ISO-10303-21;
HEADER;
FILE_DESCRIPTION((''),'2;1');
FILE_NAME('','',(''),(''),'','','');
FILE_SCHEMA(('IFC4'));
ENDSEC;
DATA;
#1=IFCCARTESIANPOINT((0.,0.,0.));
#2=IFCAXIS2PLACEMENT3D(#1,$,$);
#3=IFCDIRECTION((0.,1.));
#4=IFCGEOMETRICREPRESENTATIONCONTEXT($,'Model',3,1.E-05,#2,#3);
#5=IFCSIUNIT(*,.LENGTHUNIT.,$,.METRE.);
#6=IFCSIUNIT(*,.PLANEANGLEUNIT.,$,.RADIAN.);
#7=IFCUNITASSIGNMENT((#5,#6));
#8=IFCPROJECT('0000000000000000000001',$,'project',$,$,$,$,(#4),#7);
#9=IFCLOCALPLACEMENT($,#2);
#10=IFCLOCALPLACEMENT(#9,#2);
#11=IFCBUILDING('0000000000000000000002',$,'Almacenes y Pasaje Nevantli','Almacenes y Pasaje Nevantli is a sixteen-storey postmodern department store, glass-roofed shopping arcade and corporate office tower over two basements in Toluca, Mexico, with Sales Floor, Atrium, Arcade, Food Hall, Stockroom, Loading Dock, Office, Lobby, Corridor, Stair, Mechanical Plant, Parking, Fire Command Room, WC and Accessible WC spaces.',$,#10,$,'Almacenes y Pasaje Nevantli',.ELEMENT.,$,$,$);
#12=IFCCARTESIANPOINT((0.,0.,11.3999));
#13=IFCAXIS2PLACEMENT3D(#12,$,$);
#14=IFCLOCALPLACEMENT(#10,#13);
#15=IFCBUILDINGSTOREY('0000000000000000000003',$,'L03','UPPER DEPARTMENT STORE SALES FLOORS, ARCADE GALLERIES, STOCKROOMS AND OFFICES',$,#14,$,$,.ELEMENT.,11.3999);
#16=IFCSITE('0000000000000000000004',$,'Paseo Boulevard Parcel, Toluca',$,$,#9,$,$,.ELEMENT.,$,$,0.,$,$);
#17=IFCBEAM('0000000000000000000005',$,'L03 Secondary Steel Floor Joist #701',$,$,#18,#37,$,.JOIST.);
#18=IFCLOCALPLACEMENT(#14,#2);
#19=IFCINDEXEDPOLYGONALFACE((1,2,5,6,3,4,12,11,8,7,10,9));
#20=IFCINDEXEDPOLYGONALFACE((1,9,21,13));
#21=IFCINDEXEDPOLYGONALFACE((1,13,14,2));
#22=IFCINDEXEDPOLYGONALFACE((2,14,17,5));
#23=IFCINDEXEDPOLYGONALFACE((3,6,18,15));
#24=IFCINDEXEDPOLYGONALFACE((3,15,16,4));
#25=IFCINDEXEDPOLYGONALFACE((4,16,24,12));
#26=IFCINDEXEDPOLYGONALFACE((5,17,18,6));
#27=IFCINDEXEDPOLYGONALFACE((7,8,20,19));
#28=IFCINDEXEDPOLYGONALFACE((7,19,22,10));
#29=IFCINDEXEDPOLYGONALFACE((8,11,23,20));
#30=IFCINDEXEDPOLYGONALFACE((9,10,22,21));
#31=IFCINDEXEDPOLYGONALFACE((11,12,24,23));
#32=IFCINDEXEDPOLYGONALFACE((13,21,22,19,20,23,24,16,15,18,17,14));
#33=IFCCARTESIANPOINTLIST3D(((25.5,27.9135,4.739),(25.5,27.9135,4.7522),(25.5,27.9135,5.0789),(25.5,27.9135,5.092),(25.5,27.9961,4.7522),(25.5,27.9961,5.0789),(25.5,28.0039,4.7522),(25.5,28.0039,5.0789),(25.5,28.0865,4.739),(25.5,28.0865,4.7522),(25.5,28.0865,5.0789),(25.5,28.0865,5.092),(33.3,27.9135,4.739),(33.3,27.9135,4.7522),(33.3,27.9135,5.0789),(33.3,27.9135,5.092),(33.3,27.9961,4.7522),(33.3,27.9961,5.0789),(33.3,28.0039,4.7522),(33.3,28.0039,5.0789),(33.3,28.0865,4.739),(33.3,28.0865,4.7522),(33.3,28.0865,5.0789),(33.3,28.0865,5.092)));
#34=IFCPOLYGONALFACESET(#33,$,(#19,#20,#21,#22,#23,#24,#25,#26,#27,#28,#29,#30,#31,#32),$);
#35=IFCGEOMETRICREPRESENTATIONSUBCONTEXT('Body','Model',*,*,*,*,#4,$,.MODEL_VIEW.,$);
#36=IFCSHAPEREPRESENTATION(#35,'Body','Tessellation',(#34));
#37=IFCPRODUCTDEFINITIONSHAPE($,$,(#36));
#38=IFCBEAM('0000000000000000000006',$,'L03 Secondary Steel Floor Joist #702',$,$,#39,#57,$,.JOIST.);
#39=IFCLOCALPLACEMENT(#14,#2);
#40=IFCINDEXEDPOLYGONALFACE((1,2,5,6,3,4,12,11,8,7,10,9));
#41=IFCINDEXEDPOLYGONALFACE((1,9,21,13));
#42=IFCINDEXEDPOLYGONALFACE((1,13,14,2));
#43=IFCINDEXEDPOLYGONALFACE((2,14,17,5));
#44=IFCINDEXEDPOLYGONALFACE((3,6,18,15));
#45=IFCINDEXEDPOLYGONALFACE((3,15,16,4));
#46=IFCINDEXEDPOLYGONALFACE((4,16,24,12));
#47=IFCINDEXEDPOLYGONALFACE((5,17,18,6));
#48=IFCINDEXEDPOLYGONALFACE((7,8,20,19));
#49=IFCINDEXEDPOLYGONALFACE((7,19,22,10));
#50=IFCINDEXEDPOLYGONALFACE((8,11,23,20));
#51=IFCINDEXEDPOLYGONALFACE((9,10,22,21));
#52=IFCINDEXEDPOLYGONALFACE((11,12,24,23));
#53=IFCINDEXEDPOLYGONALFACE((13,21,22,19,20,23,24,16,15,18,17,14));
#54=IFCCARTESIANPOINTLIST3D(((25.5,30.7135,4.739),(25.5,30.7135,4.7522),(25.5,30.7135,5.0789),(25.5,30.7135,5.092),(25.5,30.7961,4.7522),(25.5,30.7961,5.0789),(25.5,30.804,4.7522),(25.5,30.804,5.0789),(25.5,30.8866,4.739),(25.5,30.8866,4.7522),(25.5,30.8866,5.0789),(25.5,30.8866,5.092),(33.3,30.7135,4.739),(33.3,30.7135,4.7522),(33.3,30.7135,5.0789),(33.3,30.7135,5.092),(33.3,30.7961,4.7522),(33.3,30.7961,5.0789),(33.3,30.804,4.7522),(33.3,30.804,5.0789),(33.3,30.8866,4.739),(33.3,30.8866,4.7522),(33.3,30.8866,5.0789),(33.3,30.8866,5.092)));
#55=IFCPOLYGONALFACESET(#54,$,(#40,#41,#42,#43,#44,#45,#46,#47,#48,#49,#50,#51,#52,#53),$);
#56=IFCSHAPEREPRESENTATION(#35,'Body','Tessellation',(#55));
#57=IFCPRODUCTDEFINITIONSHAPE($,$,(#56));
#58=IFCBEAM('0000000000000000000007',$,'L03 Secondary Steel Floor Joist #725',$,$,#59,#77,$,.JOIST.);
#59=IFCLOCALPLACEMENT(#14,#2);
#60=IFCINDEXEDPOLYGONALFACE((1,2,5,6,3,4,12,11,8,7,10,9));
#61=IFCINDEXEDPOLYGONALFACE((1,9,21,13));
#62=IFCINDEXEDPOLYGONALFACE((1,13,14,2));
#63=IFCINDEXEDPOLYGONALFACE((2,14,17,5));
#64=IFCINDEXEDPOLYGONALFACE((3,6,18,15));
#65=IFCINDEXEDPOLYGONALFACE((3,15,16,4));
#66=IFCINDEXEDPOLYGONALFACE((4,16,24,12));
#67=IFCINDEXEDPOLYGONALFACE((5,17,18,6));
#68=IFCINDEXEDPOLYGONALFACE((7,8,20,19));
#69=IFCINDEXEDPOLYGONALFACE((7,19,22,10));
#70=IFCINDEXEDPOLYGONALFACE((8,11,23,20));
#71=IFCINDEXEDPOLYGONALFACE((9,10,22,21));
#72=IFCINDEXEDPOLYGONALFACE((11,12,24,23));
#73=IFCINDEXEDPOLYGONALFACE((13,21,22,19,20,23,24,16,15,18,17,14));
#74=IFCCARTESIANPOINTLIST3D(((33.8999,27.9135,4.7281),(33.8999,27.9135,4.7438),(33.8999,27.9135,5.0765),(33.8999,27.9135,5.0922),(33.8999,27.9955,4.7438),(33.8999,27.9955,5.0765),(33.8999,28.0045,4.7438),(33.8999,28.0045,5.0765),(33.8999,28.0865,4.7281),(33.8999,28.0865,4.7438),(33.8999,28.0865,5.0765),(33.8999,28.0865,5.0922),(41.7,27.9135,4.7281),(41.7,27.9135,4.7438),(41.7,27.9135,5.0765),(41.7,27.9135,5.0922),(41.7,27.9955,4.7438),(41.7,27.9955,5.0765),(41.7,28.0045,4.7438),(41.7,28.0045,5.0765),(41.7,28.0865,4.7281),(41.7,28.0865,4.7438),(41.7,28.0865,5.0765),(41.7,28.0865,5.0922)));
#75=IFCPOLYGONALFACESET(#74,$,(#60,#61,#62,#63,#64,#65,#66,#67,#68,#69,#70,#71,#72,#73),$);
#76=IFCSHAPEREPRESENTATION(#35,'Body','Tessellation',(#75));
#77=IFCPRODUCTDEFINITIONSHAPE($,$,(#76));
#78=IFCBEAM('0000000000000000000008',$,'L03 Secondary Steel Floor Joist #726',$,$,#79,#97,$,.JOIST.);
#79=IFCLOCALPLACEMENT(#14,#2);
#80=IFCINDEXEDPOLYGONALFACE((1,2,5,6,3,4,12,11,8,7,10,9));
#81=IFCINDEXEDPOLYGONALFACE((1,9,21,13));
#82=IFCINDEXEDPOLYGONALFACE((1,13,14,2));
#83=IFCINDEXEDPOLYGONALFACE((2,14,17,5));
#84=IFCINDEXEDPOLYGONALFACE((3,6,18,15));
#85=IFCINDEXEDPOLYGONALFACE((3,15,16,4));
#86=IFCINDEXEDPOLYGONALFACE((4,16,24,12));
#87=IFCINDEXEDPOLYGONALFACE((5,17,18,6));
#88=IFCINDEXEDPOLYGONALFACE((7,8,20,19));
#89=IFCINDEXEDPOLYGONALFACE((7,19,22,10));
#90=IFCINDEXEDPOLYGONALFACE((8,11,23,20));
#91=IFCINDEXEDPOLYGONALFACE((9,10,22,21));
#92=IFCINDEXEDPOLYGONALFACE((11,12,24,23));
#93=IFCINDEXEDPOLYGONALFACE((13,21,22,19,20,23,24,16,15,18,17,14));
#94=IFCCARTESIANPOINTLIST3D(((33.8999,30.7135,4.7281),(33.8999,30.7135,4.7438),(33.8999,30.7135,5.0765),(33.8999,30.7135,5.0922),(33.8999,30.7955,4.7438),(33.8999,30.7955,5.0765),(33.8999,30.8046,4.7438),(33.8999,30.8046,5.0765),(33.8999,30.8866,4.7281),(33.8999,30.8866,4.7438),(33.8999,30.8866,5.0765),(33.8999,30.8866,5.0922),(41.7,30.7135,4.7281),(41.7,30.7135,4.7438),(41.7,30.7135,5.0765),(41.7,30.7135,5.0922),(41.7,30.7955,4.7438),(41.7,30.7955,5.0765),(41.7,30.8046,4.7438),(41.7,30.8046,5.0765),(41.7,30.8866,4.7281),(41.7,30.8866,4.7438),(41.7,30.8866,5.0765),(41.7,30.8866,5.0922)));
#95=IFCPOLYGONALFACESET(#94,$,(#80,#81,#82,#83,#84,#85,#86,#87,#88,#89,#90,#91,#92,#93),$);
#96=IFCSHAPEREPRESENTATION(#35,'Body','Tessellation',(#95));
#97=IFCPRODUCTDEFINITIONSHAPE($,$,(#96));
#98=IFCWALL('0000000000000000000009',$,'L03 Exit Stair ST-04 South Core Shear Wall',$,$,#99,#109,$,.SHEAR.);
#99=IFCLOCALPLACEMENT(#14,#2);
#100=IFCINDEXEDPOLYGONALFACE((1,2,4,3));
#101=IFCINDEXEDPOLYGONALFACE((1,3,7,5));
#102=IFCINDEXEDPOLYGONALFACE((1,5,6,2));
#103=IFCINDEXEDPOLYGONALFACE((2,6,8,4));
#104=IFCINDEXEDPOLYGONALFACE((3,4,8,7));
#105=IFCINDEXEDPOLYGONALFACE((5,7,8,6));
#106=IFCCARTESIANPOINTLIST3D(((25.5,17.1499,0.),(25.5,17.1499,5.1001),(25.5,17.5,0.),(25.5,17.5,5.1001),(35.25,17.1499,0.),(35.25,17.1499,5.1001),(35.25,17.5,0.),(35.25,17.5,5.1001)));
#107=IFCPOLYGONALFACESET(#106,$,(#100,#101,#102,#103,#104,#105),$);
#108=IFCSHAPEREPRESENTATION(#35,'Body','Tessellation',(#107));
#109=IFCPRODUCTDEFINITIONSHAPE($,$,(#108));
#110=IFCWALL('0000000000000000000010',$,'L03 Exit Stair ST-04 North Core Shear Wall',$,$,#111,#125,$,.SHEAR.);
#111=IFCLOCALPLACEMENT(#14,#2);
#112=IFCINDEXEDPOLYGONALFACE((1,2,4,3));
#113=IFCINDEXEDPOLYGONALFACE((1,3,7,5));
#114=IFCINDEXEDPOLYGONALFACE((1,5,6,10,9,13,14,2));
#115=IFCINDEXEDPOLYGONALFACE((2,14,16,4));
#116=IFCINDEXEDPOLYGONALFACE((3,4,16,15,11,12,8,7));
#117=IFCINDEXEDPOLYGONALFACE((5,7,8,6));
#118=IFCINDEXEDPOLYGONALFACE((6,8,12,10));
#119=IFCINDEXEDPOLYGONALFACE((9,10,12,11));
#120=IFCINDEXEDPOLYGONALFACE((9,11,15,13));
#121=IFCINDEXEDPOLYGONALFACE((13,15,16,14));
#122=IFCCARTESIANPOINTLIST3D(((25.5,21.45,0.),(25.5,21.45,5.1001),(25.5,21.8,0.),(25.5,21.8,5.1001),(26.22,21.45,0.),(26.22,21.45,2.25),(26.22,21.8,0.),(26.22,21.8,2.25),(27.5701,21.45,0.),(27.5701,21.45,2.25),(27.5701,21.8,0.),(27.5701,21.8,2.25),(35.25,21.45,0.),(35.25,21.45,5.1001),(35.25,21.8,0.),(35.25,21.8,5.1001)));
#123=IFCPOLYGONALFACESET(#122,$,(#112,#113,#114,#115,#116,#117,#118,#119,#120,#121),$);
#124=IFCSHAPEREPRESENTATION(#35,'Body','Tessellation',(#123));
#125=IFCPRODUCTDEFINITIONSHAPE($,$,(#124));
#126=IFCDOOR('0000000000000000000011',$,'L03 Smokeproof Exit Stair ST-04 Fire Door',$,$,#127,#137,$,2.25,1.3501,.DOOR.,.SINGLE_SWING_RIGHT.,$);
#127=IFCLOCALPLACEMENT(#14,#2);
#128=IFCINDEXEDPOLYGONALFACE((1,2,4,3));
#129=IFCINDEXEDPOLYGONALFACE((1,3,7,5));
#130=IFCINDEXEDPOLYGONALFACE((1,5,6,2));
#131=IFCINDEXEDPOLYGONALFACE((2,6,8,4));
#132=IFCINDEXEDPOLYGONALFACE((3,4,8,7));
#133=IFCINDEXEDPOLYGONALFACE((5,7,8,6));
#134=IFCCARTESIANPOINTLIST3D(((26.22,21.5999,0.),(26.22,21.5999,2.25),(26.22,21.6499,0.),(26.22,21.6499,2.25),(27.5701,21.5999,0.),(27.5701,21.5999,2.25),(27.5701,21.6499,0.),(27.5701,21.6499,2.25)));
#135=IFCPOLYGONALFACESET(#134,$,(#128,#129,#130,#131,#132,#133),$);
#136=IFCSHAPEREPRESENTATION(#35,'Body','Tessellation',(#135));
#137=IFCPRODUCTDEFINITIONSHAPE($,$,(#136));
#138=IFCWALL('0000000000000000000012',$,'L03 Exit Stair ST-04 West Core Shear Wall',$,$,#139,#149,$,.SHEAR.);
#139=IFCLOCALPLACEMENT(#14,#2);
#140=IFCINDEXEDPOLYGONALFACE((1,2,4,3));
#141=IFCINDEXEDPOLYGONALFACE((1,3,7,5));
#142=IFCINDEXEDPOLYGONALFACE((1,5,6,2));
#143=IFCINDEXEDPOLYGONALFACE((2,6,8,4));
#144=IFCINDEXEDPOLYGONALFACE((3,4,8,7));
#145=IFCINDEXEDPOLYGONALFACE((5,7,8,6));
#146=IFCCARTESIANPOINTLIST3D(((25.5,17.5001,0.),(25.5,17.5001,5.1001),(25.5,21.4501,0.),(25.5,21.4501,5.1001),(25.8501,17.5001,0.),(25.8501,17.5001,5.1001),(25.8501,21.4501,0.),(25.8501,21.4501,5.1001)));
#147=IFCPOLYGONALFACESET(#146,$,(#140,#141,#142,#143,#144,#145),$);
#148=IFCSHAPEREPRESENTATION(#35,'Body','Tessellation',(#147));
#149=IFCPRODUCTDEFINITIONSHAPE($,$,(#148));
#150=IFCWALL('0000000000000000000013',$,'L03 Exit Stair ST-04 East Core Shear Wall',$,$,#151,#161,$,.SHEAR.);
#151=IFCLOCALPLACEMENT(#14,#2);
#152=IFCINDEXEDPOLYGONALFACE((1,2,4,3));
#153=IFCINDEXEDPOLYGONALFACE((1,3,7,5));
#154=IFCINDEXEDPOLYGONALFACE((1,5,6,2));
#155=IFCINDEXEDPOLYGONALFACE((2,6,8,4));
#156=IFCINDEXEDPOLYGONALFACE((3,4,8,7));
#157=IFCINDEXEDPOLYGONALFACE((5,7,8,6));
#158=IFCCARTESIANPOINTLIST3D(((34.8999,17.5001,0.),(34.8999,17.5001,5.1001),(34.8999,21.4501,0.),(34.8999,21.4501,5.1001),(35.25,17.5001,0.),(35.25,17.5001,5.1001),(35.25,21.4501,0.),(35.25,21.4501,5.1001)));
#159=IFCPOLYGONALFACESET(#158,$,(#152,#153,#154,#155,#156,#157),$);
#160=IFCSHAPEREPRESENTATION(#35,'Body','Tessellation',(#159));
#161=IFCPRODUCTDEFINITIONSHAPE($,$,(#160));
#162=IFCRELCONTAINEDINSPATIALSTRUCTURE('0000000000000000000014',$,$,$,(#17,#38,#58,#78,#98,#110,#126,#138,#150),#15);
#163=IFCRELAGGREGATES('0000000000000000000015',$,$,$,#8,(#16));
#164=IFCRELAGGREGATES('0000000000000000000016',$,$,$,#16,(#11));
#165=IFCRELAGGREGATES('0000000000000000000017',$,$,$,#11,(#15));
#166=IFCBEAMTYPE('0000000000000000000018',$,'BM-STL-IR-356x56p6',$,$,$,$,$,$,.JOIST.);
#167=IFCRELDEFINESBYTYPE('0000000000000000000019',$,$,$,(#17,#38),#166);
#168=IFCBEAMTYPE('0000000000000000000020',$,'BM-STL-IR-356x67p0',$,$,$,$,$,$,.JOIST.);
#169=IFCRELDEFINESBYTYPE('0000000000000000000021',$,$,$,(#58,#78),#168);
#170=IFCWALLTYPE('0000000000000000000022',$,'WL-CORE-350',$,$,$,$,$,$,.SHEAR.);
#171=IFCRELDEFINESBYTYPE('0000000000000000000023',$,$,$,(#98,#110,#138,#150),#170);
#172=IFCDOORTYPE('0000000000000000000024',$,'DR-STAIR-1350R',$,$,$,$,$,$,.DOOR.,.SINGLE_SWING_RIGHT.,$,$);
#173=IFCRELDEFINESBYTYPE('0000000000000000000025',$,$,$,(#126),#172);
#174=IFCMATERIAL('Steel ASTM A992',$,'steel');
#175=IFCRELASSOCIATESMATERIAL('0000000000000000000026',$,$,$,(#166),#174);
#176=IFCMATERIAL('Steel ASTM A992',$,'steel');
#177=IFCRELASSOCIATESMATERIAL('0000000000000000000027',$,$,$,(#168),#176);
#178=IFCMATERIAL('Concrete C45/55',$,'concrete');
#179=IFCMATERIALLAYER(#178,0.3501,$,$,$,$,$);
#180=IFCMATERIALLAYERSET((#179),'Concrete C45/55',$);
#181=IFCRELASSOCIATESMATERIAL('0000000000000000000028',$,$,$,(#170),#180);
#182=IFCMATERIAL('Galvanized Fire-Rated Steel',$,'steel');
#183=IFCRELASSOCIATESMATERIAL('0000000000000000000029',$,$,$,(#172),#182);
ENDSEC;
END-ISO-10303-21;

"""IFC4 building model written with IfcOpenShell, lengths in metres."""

from ifc_helpers import new_model, si_unit, direction, frame, frame_2d, origin, origin_2d, place, context, subcontext, project, spatial, rectangle, i_section, extrude, material, layer, layer_set, material_profile, profile_set, type_object, element, fill, save


model = new_model("IFC4")

# Units and contexts
model_context = context("Model", 3, precision=1e-05, world=origin(), true_north=direction((0.0, 1.0)))
body_context = subcontext(model_context, "Body", "Model", "MODEL_VIEW")
ifc_project = project(units=[si_unit("LENGTHUNIT", "METRE"), si_unit("PLANEANGLEUNIT", "RADIAN")], contexts=[model_context])

# Site, building, storey
site_placement = place(None, origin())
site = spatial("IfcSite", under=ifc_project, at=site_placement, Name="Paseo Boulevard Parcel, Toluca", CompositionType="ELEMENT", RefElevation=0.0)
building_placement = place(site_placement, origin())
building = spatial("IfcBuilding", under=site, at=building_placement, Name="Almacenes y Pasaje Nevantli", Description="Almacenes y Pasaje Nevantli is a sixteen-storey postmodern department store, glass-roofed shopping arcade and corporate office tower over two basements in Toluca, Mexico, with Sales Floor, Atrium, Arcade, Food Hall, Stockroom, Loading Dock, Office, Lobby, Corridor, Stair, Mechanical Plant, Parking, Fire Command Room, WC and Accessible WC spaces.", LongName="Almacenes y Pasaje Nevantli", CompositionType="ELEMENT")
storey_placement = place(building_placement, frame((0.0, 0.0, 11.3999)))
storey = spatial("IfcBuildingStorey", under=building, at=storey_placement, Name="L03", Description="UPPER DEPARTMENT STORE SALES FLOORS, ARCADE GALLERIES, STOCKROOMS AND OFFICES", CompositionType="ELEMENT", Elevation=11.3999)

# Beams
ifc_material_1 = material(Name="Steel ASTM A992", Category="steel")
ifc_material_profile_1 = material_profile(ifc_material_1, i_section(OverallWidth=0.1731, OverallDepth=0.353, WebThickness=0.0078, FlangeThickness=0.0132, at=origin_2d()), Name="IR 356x56.6")
ifc_profile_set_1 = profile_set([ifc_material_profile_1], Name="Steel ASTM A992")
beam_type_1 = type_object("IfcBeamType", Name="BM-STL-IR-356x56p6", PredefinedType="JOIST", material=ifc_profile_set_1)
for number, where, z_axis, x_axis, name in (
    (1, (25.5, 28.0, 4.9155), (1.0, 0.0, 0.0), (0.0, 1.0, 0.0), "L03 Secondary Steel Floor Joist #701"),
    (2, (25.5, 30.8, 4.9155), (1.0, 0.0, 0.0), (0.0, 1.0, 0.0), "L03 Secondary Steel Floor Joist #702"),
):
    element("IfcBeam", number, at=place(storey_placement, frame(where, z_axis=z_axis, x_axis=x_axis)), inside=storey, type_object=beam_type_1, Name=name, PredefinedType="JOIST", context=body_context, shape_type="SweptSolid", body=[
        extrude(i_section(OverallWidth=0.1731, OverallDepth=0.353, WebThickness=0.0078, FlangeThickness=0.0132, at=origin_2d()), origin(), (0.0, 0.0, 1.0), 7.8),
    ])
ifc_material_2 = material(Name="Steel ASTM A992", Category="steel")
ifc_material_profile_2 = material_profile(ifc_material_2, i_section(OverallWidth=0.1731, OverallDepth=0.364, WebThickness=0.009, FlangeThickness=0.0156, at=origin_2d()), Name="IR 356x67.0")
ifc_profile_set_2 = profile_set([ifc_material_profile_2], Name="Steel ASTM A992")
beam_type_2 = type_object("IfcBeamType", Name="BM-STL-IR-356x67p0", PredefinedType="JOIST", material=ifc_profile_set_2)
for number, where, z_axis, x_axis, name in (
    (3, (33.8999, 28.0, 4.9102), (1.0, 0.0, 0.0), (0.0, 1.0, 0.0), "L03 Secondary Steel Floor Joist #725"),
    (4, (33.8999, 30.8, 4.9102), (1.0, 0.0, 0.0), (0.0, 1.0, 0.0), "L03 Secondary Steel Floor Joist #726"),
):
    element("IfcBeam", number, at=place(storey_placement, frame(where, z_axis=z_axis, x_axis=x_axis)), inside=storey, type_object=beam_type_2, Name=name, PredefinedType="JOIST", context=body_context, shape_type="SweptSolid", body=[
        extrude(i_section(OverallWidth=0.1731, OverallDepth=0.364, WebThickness=0.009, FlangeThickness=0.0156, at=origin_2d()), origin(), (0.0, 0.0, 1.0), 7.8),
    ])

# Wall
ifc_material_3 = material(Name="Concrete C45/55", Category="concrete")
ifc_layer_1 = layer(ifc_material_3, 0.3501)
ifc_layer_set_1 = layer_set([ifc_layer_1], Name="Concrete C45/55")
wall_type = type_object("IfcWallType", Name="WL-CORE-350", PredefinedType="SHEAR", material=ifc_layer_set_1)
wall_1_placement = place(storey_placement, frame((25.5, 17.325, 0.0), z_axis=(0.0, 0.0, 1.0), x_axis=(1.0, 0.0, 0.0)))
element("IfcWall", 5, at=wall_1_placement, inside=storey, type_object=wall_type, Name="L03 Exit Stair ST-04 South Core Shear Wall", PredefinedType="SHEAR", context=body_context, shape_type="SweptSolid", body=[
    extrude(rectangle(XDim=9.75, YDim=0.3501, at=frame_2d((4.875, 0.0))), origin(), (0.0, 0.0, 1.0), 5.1001),
])

# Wall, opening, door
wall_2_placement = place(storey_placement, frame((25.5, 21.625, 0.0), z_axis=(0.0, 0.0, 1.0), x_axis=(1.0, 0.0, 0.0)))
wall_2 = element("IfcWall", 6, at=wall_2_placement, inside=storey, type_object=wall_type, Name="L03 Exit Stair ST-04 North Core Shear Wall", PredefinedType="SHEAR", context=body_context, shape_type="SweptSolid", body=[
    extrude(rectangle(XDim=9.75, YDim=0.3501, at=frame_2d((4.875, 0.0))), origin(), (0.0, 0.0, 1.0), 5.1001),
])
opening_placement = place(wall_2_placement, frame((0.72, 0.0, 0.0)))
opening = element("IfcOpeningElement", 7, at=opening_placement, cuts=wall_2, PredefinedType="OPENING", context=body_context, shape_type="SweptSolid", body=[
    extrude(rectangle(XDim=1.3501, YDim=2.25, at=frame_2d((0.675, 1.125))), frame((0.0, 0.1851, 0.0), z_axis=(0.0, -1.0, 0.0), x_axis=(1.0, 0.0, 0.0)), (0.0, 0.0, 1.0), 0.3701),
])
ifc_material_4 = material(Name="Galvanized Fire-Rated Steel", Category="steel")
door_type = type_object("IfcDoorType", Name="DR-STAIR-1350R", OperationType="SINGLE_SWING_RIGHT", PredefinedType="DOOR", material=ifc_material_4)
door_placement = place(opening_placement, origin())
door = element("IfcDoor", 8, at=door_placement, inside=storey, type_object=door_type, Name="L03 Smokeproof Exit Stair ST-04 Fire Door", OperationType="SINGLE_SWING_RIGHT", OverallHeight=2.25, OverallWidth=1.3501, PredefinedType="DOOR", context=body_context, shape_type="SweptSolid", body=[
    extrude(rectangle(XDim=1.3501, YDim=2.25, at=frame_2d((0.675, 1.125))), frame((0.0, 0.0249, 0.0), z_axis=(0.0, -1.0, 0.0), x_axis=(1.0, 0.0, 0.0)), (0.0, 0.0, 1.0), 0.05),
])
fill(opening, door)

# Walls
for number, where, z_axis, x_axis, name in (
    (9, (25.675, 17.5, 0.0), (0.0, 0.0, 1.0), (0.0, 1.0, 0.0), "L03 Exit Stair ST-04 West Core Shear Wall"),
    (10, (35.075, 17.5, 0.0), (0.0, 0.0, 1.0), (0.0, 1.0, 0.0), "L03 Exit Stair ST-04 East Core Shear Wall"),
):
    element("IfcWall", number, at=place(storey_placement, frame(where, z_axis=z_axis, x_axis=x_axis)), inside=storey, type_object=wall_type, Name=name, PredefinedType="SHEAR", context=body_context, shape_type="SweptSolid", body=[
        extrude(rectangle(XDim=3.95, YDim=0.3501, at=frame_2d((1.9751, 0.0))), origin(), (0.0, 0.0, 1.0), 5.1001),
    ])

save(model, "model.ifc")
